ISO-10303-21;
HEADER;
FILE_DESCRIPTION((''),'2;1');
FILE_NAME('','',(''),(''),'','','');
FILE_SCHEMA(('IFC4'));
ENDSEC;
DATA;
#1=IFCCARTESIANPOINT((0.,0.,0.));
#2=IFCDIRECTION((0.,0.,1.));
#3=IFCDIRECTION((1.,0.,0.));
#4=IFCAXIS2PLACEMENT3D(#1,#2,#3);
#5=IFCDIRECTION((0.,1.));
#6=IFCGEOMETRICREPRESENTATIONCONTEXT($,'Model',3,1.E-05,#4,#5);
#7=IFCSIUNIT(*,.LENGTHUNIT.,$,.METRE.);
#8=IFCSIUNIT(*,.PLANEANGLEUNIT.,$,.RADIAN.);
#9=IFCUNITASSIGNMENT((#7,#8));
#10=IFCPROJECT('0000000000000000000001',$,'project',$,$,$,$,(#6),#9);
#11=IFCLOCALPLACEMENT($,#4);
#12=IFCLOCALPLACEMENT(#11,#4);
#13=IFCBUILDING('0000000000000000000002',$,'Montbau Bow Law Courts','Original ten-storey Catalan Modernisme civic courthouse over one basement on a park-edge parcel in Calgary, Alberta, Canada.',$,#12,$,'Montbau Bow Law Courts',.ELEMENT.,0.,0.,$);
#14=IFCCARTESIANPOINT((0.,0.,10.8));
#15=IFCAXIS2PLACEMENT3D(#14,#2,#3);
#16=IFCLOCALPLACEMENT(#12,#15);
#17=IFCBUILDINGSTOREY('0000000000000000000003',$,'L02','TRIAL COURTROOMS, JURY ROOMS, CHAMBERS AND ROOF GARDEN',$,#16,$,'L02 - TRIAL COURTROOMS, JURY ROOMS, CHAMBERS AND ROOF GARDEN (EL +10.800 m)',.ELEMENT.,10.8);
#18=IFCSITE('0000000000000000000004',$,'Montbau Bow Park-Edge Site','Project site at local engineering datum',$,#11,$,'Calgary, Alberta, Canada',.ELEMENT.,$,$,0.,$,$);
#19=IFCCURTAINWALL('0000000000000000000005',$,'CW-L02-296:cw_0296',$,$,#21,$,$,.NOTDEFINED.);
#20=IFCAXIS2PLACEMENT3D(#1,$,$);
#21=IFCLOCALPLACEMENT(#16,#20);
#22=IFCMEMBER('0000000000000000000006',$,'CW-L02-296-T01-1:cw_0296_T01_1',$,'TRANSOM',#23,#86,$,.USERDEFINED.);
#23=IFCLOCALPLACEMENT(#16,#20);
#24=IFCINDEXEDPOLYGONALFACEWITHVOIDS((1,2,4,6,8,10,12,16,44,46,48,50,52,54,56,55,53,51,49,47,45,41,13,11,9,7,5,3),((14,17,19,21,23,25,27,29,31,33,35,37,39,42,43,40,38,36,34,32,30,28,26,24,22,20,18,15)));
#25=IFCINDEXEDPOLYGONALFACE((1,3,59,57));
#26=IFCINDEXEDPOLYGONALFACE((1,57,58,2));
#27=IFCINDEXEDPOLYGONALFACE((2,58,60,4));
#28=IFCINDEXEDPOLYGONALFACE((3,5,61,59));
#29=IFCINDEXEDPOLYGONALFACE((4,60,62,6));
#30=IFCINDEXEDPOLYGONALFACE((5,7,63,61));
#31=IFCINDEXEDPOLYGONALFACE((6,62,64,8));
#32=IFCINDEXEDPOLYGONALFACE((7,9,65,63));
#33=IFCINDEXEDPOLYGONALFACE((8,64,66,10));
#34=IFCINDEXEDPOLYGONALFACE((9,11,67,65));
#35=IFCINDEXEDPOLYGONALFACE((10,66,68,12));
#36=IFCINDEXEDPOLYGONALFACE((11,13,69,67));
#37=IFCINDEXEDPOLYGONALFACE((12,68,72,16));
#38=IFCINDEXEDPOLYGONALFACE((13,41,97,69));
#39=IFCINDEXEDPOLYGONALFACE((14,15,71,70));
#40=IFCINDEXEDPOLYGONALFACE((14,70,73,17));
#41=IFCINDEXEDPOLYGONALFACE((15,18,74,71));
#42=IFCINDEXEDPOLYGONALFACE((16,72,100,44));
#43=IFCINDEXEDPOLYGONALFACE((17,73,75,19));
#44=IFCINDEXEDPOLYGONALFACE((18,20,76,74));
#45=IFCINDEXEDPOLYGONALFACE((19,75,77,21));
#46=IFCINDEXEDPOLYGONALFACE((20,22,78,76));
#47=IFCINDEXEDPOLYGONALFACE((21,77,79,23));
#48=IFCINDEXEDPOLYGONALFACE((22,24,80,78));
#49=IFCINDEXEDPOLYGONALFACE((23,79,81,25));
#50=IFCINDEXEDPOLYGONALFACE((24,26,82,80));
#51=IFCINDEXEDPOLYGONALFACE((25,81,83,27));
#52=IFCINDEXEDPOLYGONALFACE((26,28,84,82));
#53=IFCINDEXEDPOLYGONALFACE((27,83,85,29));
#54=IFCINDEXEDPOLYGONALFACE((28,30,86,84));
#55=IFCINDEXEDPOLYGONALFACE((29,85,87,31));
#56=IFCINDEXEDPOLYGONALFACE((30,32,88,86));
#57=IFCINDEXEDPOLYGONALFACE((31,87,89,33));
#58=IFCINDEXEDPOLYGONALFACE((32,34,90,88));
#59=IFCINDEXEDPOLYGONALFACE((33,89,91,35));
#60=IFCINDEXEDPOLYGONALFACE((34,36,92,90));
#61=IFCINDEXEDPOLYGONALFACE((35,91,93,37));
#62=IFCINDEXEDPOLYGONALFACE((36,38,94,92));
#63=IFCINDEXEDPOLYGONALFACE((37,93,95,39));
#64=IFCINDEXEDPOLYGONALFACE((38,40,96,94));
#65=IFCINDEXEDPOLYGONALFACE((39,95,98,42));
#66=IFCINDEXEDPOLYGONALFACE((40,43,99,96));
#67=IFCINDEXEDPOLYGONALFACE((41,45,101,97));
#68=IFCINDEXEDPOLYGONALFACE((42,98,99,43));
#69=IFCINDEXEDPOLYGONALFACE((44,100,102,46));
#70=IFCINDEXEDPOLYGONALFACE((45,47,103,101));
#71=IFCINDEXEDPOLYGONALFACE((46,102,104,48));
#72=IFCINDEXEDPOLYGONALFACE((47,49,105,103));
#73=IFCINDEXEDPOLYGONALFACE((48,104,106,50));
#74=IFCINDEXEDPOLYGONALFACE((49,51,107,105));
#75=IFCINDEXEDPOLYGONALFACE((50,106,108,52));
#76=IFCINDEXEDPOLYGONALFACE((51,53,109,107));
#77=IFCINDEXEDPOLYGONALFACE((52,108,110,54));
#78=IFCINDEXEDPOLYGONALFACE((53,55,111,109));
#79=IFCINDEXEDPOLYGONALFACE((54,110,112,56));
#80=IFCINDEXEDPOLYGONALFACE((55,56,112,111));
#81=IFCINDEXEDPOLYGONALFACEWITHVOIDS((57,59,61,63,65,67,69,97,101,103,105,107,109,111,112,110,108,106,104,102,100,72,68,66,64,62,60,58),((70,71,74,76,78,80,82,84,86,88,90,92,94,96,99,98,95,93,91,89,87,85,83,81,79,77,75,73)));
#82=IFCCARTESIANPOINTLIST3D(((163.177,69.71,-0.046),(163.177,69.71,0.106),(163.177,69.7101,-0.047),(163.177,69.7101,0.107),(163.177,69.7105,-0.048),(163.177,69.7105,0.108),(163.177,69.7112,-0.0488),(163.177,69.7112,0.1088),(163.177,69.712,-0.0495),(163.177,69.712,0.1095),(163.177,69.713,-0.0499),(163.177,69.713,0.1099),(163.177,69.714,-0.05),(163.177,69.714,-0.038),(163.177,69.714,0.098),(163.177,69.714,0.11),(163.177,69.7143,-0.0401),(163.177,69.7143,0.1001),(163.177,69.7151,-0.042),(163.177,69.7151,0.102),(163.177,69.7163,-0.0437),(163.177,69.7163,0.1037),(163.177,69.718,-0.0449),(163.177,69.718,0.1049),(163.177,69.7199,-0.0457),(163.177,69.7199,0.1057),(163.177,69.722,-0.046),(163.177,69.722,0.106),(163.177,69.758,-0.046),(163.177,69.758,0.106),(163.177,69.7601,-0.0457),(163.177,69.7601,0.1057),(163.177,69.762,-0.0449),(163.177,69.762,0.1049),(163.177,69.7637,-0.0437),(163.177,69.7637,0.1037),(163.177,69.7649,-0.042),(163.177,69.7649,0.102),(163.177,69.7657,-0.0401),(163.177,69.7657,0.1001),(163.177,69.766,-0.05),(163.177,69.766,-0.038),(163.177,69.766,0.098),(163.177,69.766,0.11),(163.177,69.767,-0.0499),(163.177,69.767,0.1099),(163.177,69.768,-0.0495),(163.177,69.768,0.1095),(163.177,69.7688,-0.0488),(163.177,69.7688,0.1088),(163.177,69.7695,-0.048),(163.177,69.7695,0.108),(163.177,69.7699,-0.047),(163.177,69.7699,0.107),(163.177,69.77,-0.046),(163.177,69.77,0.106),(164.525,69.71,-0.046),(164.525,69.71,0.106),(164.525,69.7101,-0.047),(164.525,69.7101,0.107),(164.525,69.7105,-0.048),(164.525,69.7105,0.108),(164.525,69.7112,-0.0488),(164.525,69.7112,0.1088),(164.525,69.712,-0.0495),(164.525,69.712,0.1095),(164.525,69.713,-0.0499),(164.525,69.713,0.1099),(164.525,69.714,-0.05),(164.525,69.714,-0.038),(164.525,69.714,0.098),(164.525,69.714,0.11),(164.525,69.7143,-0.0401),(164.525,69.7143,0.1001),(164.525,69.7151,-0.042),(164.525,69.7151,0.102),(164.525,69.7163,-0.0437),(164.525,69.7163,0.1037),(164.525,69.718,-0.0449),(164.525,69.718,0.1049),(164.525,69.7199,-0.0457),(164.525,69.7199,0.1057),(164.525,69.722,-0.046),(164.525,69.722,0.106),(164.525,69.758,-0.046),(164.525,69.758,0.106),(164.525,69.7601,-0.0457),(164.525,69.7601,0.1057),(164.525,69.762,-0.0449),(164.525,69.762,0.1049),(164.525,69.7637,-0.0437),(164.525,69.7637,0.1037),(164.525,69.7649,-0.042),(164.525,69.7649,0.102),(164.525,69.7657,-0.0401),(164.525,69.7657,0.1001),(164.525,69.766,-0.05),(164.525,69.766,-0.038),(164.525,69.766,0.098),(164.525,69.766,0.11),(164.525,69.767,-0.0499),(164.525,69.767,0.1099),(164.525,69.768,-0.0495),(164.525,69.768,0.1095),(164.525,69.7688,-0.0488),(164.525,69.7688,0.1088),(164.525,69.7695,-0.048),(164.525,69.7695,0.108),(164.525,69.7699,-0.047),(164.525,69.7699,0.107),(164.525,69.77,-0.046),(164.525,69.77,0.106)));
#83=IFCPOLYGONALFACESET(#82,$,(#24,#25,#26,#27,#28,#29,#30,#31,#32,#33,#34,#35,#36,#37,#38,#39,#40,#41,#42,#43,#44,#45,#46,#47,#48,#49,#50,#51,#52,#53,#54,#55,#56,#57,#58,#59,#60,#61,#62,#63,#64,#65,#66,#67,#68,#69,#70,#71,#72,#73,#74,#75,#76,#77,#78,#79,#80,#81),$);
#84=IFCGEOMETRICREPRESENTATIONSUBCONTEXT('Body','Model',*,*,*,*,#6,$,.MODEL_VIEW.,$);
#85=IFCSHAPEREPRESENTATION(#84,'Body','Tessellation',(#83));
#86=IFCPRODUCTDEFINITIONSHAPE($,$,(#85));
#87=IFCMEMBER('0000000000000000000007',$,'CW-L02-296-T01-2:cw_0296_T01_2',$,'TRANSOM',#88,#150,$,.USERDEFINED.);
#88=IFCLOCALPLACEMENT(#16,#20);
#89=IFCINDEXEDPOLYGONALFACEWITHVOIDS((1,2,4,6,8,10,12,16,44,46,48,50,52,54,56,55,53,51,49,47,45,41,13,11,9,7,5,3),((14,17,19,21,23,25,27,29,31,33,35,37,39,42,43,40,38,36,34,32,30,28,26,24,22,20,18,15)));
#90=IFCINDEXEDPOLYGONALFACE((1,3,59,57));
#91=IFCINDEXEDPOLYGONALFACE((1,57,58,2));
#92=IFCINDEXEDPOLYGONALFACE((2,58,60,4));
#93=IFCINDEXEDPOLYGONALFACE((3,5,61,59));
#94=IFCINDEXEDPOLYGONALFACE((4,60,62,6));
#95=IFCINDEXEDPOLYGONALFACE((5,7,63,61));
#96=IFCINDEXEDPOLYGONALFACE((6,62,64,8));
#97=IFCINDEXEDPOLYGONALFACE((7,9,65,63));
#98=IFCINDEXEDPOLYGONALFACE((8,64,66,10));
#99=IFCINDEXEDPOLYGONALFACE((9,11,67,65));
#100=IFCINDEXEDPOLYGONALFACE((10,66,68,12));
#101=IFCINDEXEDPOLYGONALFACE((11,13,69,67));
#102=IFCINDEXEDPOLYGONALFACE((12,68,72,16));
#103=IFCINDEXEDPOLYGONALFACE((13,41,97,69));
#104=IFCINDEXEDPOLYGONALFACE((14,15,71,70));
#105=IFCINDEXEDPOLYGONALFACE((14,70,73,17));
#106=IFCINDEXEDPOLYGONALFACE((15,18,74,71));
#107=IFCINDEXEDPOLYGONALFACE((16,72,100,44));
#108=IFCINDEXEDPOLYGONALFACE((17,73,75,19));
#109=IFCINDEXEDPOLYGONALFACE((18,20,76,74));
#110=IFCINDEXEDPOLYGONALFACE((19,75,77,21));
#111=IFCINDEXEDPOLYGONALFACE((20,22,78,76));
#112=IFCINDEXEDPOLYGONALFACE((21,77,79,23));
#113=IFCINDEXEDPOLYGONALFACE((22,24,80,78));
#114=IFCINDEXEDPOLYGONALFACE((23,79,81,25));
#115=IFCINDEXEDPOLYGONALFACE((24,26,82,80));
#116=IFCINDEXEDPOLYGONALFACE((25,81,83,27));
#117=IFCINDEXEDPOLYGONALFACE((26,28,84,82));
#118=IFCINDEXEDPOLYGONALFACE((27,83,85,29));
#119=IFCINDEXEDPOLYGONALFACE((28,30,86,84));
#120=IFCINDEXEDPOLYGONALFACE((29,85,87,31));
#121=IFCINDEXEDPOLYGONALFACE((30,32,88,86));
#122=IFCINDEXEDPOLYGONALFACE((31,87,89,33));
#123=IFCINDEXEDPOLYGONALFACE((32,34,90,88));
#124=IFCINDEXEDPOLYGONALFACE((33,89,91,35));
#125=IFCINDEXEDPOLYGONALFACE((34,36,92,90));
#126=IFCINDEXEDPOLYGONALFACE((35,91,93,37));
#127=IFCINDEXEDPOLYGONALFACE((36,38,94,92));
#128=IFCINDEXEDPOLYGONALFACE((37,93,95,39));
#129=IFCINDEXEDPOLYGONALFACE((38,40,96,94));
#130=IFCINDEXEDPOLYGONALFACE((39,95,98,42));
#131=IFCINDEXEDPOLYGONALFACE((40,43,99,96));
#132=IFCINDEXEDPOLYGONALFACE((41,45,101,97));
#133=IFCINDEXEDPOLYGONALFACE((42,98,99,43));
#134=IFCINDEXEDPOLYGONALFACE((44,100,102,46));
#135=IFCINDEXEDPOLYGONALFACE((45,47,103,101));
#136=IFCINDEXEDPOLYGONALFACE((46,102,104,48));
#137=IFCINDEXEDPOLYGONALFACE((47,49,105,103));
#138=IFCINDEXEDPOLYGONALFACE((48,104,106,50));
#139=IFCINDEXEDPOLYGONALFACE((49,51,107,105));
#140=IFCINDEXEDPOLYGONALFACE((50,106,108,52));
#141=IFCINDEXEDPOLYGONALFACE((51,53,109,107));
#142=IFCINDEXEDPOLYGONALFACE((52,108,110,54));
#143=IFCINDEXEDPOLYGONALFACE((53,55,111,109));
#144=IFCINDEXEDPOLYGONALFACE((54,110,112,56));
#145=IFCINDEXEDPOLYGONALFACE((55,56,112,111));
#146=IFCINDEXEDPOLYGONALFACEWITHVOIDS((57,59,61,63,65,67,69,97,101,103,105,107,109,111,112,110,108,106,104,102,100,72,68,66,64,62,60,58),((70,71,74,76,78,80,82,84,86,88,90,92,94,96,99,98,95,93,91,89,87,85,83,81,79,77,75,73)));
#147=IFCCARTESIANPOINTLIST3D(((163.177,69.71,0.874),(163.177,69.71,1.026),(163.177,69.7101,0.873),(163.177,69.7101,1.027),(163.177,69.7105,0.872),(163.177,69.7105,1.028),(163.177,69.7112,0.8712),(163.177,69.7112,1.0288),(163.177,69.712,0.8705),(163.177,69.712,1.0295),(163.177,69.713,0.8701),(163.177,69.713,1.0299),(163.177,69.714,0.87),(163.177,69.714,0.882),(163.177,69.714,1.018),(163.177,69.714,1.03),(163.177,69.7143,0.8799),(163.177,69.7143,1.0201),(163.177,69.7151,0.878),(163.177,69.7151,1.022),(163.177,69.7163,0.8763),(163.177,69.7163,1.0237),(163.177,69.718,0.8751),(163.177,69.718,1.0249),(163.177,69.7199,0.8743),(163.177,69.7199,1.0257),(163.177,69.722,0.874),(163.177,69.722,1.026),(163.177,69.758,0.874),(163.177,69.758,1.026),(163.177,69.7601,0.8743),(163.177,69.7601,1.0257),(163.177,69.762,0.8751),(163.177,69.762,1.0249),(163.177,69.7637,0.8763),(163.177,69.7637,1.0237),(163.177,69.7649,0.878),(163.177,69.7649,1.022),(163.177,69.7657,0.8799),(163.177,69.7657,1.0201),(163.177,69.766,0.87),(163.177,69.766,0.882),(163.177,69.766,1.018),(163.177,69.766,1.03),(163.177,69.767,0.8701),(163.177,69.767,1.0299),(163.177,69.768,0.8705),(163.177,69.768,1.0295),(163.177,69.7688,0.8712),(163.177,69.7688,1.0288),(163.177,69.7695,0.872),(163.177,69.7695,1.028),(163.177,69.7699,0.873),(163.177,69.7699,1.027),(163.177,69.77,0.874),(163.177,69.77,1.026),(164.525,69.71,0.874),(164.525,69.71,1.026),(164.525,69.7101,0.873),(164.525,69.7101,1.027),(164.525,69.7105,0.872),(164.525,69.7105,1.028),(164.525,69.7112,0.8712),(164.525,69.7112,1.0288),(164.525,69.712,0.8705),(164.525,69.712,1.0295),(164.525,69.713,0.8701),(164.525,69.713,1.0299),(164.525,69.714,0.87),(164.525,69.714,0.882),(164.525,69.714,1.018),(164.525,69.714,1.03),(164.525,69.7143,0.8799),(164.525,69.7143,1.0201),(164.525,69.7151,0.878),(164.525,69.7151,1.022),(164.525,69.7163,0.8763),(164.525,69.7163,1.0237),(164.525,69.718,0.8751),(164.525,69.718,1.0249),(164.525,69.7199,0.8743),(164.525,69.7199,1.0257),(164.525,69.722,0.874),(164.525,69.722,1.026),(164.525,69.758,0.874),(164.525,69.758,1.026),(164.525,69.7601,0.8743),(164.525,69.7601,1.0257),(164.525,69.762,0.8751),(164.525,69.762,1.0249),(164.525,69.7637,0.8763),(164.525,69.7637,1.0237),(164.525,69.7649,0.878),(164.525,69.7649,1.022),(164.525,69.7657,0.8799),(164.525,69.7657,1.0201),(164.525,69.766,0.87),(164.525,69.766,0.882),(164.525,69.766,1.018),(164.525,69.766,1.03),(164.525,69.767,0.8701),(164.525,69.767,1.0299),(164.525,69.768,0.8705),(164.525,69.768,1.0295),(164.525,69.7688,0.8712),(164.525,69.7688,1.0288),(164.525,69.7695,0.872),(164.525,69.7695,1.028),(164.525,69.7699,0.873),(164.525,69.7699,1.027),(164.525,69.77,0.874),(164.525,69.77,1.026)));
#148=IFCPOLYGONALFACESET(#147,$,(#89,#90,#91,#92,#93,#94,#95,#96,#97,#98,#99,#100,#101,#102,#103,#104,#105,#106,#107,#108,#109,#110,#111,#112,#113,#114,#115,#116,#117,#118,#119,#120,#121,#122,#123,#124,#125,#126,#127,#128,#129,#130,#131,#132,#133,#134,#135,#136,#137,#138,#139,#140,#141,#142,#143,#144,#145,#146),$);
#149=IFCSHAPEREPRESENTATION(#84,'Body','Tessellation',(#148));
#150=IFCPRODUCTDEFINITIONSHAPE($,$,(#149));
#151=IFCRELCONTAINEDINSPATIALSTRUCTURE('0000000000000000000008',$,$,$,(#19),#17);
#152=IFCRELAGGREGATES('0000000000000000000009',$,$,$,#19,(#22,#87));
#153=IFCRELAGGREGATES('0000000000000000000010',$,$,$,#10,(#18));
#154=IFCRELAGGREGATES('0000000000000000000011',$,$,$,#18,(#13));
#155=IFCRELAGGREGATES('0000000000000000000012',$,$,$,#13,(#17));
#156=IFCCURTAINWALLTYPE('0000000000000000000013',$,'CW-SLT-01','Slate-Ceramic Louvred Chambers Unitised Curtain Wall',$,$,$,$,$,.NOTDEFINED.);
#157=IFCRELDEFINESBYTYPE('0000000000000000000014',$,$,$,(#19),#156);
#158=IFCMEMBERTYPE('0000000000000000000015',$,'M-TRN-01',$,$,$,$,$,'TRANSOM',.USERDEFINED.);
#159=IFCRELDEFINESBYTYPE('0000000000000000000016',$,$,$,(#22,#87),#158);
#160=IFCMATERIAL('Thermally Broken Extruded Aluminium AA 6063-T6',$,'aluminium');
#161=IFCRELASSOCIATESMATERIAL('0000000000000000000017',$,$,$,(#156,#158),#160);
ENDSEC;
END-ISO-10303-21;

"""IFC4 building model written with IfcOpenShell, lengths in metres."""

from ifc_helpers import new_model, si_unit, direction, frame, origin_with_axes, origin_2d_with_axis, place, context, subcontext, project, spatial, hollow_rectangle, extrude, material, material_profile, profile_set, type_object, element, aggregate, save


model = new_model("IFC4")

# Units and contexts
model_context = context("Model", 3, precision=1e-05, world=origin_with_axes(), true_north=direction((0.0, 1.0)))
body_context = subcontext(model_context, "Body", "Model", "MODEL_VIEW")
ifc_project = project(units=[si_unit("LENGTHUNIT", "METRE"), si_unit("PLANEANGLEUNIT", "RADIAN")], contexts=[model_context])

# Site, building, storey
site_placement = place(None, origin_with_axes())
site = spatial("IfcSite", under=ifc_project, at=site_placement, Name="Montbau Bow Park-Edge Site", Description="Project site at local engineering datum", LongName="Calgary, Alberta, Canada", CompositionType="ELEMENT", RefElevation=0.0)
building_placement = place(site_placement, origin_with_axes())
building = spatial("IfcBuilding", under=site, at=building_placement, Name="Montbau Bow Law Courts", Description="Original ten-storey Catalan Modernisme civic courthouse over one basement on a park-edge parcel in Calgary, Alberta, Canada.", LongName="Montbau Bow Law Courts", CompositionType="ELEMENT", ElevationOfRefHeight=0.0, ElevationOfTerrain=0.0)
storey_placement = place(building_placement, frame((0.0, 0.0, 10.8), z_axis=(0.0, 0.0, 1.0), x_axis=(1.0, 0.0, 0.0)))
storey = spatial("IfcBuildingStorey", under=building, at=storey_placement, Name="L02", Description="TRIAL COURTROOMS, JURY ROOMS, CHAMBERS AND ROOF GARDEN", LongName="L02 - TRIAL COURTROOMS, JURY ROOMS, CHAMBERS AND ROOF GARDEN (EL +10.800 m)", CompositionType="ELEMENT", Elevation=10.8)

# Curtain wall, members
ifc_material_1 = material(Name="Thermally Broken Extruded Aluminium AA 6063-T6", Category="aluminium")
curtain_wall_type = type_object("IfcCurtainWallType", Name="CW-SLT-01", Description="Slate-Ceramic Louvred Chambers Unitised Curtain Wall", PredefinedType="NOTDEFINED", material=ifc_material_1)
curtain_wall_1_placement = place(None, frame((163.115, 69.74, 10.8), z_axis=(0.0, 0.0, 1.0), x_axis=(1.0, 0.0, 0.0)))
curtain_wall_1 = element("IfcCurtainWall", 1, at=curtain_wall_1_placement, inside=storey, type_object=curtain_wall_type, Name="CW-L02-296:cw_0296", PredefinedType="NOTDEFINED")
ifc_material_profile_1 = material_profile(ifc_material_1, hollow_rectangle(XDim=0.06, YDim=0.16, WallThickness=0.004, InnerFilletRadius=0.008, OuterFilletRadius=0.004, at=origin_2d_with_axis()), Name="CWT-160X60", Category="Main", Priority=0)
ifc_profile_set_1 = profile_set([ifc_material_profile_1], Name="Thermally Broken Extruded Aluminium AA 6063-T6")
member_type_1 = type_object("IfcMemberType", Name="M-TRN-01", ElementType="TRANSOM", PredefinedType="USERDEFINED", material=ifc_profile_set_1)
member_1_placement = place(None, frame((163.177, 69.74, 10.83), z_axis=(1.0, 0.0, 0.0), x_axis=(0.0, 1.0, 0.0)))
member_1 = element("IfcMember", 2, at=member_1_placement, type_object=member_type_1, Name="CW-L02-296-T01-1:cw_0296_T01_1", ObjectType="TRANSOM", PredefinedType="USERDEFINED", context=body_context, shape_type="SweptSolid", body=[
    extrude(hollow_rectangle(XDim=0.06, YDim=0.16, WallThickness=0.004, InnerFilletRadius=0.008, OuterFilletRadius=0.004, at=origin_2d_with_axis()), origin_with_axes(), (0.0, 0.0, 1.0), 1.348),
])
member_2_placement = place(None, frame((163.177, 69.74, 11.75), z_axis=(1.0, 0.0, 0.0), x_axis=(0.0, 1.0, 0.0)))
member_2 = element("IfcMember", 3, at=member_2_placement, type_object=member_type_1, Name="CW-L02-296-T01-2:cw_0296_T01_2", ObjectType="TRANSOM", PredefinedType="USERDEFINED", context=body_context, shape_type="SweptSolid", body=[
    extrude(hollow_rectangle(XDim=0.06, YDim=0.16, WallThickness=0.004, InnerFilletRadius=0.008, OuterFilletRadius=0.004, at=origin_2d_with_axis()), origin_with_axes(), (0.0, 0.0, 1.0), 1.348),
])

aggregate(curtain_wall_1, [member_1, member_2])

save(model, "model.ifc")
